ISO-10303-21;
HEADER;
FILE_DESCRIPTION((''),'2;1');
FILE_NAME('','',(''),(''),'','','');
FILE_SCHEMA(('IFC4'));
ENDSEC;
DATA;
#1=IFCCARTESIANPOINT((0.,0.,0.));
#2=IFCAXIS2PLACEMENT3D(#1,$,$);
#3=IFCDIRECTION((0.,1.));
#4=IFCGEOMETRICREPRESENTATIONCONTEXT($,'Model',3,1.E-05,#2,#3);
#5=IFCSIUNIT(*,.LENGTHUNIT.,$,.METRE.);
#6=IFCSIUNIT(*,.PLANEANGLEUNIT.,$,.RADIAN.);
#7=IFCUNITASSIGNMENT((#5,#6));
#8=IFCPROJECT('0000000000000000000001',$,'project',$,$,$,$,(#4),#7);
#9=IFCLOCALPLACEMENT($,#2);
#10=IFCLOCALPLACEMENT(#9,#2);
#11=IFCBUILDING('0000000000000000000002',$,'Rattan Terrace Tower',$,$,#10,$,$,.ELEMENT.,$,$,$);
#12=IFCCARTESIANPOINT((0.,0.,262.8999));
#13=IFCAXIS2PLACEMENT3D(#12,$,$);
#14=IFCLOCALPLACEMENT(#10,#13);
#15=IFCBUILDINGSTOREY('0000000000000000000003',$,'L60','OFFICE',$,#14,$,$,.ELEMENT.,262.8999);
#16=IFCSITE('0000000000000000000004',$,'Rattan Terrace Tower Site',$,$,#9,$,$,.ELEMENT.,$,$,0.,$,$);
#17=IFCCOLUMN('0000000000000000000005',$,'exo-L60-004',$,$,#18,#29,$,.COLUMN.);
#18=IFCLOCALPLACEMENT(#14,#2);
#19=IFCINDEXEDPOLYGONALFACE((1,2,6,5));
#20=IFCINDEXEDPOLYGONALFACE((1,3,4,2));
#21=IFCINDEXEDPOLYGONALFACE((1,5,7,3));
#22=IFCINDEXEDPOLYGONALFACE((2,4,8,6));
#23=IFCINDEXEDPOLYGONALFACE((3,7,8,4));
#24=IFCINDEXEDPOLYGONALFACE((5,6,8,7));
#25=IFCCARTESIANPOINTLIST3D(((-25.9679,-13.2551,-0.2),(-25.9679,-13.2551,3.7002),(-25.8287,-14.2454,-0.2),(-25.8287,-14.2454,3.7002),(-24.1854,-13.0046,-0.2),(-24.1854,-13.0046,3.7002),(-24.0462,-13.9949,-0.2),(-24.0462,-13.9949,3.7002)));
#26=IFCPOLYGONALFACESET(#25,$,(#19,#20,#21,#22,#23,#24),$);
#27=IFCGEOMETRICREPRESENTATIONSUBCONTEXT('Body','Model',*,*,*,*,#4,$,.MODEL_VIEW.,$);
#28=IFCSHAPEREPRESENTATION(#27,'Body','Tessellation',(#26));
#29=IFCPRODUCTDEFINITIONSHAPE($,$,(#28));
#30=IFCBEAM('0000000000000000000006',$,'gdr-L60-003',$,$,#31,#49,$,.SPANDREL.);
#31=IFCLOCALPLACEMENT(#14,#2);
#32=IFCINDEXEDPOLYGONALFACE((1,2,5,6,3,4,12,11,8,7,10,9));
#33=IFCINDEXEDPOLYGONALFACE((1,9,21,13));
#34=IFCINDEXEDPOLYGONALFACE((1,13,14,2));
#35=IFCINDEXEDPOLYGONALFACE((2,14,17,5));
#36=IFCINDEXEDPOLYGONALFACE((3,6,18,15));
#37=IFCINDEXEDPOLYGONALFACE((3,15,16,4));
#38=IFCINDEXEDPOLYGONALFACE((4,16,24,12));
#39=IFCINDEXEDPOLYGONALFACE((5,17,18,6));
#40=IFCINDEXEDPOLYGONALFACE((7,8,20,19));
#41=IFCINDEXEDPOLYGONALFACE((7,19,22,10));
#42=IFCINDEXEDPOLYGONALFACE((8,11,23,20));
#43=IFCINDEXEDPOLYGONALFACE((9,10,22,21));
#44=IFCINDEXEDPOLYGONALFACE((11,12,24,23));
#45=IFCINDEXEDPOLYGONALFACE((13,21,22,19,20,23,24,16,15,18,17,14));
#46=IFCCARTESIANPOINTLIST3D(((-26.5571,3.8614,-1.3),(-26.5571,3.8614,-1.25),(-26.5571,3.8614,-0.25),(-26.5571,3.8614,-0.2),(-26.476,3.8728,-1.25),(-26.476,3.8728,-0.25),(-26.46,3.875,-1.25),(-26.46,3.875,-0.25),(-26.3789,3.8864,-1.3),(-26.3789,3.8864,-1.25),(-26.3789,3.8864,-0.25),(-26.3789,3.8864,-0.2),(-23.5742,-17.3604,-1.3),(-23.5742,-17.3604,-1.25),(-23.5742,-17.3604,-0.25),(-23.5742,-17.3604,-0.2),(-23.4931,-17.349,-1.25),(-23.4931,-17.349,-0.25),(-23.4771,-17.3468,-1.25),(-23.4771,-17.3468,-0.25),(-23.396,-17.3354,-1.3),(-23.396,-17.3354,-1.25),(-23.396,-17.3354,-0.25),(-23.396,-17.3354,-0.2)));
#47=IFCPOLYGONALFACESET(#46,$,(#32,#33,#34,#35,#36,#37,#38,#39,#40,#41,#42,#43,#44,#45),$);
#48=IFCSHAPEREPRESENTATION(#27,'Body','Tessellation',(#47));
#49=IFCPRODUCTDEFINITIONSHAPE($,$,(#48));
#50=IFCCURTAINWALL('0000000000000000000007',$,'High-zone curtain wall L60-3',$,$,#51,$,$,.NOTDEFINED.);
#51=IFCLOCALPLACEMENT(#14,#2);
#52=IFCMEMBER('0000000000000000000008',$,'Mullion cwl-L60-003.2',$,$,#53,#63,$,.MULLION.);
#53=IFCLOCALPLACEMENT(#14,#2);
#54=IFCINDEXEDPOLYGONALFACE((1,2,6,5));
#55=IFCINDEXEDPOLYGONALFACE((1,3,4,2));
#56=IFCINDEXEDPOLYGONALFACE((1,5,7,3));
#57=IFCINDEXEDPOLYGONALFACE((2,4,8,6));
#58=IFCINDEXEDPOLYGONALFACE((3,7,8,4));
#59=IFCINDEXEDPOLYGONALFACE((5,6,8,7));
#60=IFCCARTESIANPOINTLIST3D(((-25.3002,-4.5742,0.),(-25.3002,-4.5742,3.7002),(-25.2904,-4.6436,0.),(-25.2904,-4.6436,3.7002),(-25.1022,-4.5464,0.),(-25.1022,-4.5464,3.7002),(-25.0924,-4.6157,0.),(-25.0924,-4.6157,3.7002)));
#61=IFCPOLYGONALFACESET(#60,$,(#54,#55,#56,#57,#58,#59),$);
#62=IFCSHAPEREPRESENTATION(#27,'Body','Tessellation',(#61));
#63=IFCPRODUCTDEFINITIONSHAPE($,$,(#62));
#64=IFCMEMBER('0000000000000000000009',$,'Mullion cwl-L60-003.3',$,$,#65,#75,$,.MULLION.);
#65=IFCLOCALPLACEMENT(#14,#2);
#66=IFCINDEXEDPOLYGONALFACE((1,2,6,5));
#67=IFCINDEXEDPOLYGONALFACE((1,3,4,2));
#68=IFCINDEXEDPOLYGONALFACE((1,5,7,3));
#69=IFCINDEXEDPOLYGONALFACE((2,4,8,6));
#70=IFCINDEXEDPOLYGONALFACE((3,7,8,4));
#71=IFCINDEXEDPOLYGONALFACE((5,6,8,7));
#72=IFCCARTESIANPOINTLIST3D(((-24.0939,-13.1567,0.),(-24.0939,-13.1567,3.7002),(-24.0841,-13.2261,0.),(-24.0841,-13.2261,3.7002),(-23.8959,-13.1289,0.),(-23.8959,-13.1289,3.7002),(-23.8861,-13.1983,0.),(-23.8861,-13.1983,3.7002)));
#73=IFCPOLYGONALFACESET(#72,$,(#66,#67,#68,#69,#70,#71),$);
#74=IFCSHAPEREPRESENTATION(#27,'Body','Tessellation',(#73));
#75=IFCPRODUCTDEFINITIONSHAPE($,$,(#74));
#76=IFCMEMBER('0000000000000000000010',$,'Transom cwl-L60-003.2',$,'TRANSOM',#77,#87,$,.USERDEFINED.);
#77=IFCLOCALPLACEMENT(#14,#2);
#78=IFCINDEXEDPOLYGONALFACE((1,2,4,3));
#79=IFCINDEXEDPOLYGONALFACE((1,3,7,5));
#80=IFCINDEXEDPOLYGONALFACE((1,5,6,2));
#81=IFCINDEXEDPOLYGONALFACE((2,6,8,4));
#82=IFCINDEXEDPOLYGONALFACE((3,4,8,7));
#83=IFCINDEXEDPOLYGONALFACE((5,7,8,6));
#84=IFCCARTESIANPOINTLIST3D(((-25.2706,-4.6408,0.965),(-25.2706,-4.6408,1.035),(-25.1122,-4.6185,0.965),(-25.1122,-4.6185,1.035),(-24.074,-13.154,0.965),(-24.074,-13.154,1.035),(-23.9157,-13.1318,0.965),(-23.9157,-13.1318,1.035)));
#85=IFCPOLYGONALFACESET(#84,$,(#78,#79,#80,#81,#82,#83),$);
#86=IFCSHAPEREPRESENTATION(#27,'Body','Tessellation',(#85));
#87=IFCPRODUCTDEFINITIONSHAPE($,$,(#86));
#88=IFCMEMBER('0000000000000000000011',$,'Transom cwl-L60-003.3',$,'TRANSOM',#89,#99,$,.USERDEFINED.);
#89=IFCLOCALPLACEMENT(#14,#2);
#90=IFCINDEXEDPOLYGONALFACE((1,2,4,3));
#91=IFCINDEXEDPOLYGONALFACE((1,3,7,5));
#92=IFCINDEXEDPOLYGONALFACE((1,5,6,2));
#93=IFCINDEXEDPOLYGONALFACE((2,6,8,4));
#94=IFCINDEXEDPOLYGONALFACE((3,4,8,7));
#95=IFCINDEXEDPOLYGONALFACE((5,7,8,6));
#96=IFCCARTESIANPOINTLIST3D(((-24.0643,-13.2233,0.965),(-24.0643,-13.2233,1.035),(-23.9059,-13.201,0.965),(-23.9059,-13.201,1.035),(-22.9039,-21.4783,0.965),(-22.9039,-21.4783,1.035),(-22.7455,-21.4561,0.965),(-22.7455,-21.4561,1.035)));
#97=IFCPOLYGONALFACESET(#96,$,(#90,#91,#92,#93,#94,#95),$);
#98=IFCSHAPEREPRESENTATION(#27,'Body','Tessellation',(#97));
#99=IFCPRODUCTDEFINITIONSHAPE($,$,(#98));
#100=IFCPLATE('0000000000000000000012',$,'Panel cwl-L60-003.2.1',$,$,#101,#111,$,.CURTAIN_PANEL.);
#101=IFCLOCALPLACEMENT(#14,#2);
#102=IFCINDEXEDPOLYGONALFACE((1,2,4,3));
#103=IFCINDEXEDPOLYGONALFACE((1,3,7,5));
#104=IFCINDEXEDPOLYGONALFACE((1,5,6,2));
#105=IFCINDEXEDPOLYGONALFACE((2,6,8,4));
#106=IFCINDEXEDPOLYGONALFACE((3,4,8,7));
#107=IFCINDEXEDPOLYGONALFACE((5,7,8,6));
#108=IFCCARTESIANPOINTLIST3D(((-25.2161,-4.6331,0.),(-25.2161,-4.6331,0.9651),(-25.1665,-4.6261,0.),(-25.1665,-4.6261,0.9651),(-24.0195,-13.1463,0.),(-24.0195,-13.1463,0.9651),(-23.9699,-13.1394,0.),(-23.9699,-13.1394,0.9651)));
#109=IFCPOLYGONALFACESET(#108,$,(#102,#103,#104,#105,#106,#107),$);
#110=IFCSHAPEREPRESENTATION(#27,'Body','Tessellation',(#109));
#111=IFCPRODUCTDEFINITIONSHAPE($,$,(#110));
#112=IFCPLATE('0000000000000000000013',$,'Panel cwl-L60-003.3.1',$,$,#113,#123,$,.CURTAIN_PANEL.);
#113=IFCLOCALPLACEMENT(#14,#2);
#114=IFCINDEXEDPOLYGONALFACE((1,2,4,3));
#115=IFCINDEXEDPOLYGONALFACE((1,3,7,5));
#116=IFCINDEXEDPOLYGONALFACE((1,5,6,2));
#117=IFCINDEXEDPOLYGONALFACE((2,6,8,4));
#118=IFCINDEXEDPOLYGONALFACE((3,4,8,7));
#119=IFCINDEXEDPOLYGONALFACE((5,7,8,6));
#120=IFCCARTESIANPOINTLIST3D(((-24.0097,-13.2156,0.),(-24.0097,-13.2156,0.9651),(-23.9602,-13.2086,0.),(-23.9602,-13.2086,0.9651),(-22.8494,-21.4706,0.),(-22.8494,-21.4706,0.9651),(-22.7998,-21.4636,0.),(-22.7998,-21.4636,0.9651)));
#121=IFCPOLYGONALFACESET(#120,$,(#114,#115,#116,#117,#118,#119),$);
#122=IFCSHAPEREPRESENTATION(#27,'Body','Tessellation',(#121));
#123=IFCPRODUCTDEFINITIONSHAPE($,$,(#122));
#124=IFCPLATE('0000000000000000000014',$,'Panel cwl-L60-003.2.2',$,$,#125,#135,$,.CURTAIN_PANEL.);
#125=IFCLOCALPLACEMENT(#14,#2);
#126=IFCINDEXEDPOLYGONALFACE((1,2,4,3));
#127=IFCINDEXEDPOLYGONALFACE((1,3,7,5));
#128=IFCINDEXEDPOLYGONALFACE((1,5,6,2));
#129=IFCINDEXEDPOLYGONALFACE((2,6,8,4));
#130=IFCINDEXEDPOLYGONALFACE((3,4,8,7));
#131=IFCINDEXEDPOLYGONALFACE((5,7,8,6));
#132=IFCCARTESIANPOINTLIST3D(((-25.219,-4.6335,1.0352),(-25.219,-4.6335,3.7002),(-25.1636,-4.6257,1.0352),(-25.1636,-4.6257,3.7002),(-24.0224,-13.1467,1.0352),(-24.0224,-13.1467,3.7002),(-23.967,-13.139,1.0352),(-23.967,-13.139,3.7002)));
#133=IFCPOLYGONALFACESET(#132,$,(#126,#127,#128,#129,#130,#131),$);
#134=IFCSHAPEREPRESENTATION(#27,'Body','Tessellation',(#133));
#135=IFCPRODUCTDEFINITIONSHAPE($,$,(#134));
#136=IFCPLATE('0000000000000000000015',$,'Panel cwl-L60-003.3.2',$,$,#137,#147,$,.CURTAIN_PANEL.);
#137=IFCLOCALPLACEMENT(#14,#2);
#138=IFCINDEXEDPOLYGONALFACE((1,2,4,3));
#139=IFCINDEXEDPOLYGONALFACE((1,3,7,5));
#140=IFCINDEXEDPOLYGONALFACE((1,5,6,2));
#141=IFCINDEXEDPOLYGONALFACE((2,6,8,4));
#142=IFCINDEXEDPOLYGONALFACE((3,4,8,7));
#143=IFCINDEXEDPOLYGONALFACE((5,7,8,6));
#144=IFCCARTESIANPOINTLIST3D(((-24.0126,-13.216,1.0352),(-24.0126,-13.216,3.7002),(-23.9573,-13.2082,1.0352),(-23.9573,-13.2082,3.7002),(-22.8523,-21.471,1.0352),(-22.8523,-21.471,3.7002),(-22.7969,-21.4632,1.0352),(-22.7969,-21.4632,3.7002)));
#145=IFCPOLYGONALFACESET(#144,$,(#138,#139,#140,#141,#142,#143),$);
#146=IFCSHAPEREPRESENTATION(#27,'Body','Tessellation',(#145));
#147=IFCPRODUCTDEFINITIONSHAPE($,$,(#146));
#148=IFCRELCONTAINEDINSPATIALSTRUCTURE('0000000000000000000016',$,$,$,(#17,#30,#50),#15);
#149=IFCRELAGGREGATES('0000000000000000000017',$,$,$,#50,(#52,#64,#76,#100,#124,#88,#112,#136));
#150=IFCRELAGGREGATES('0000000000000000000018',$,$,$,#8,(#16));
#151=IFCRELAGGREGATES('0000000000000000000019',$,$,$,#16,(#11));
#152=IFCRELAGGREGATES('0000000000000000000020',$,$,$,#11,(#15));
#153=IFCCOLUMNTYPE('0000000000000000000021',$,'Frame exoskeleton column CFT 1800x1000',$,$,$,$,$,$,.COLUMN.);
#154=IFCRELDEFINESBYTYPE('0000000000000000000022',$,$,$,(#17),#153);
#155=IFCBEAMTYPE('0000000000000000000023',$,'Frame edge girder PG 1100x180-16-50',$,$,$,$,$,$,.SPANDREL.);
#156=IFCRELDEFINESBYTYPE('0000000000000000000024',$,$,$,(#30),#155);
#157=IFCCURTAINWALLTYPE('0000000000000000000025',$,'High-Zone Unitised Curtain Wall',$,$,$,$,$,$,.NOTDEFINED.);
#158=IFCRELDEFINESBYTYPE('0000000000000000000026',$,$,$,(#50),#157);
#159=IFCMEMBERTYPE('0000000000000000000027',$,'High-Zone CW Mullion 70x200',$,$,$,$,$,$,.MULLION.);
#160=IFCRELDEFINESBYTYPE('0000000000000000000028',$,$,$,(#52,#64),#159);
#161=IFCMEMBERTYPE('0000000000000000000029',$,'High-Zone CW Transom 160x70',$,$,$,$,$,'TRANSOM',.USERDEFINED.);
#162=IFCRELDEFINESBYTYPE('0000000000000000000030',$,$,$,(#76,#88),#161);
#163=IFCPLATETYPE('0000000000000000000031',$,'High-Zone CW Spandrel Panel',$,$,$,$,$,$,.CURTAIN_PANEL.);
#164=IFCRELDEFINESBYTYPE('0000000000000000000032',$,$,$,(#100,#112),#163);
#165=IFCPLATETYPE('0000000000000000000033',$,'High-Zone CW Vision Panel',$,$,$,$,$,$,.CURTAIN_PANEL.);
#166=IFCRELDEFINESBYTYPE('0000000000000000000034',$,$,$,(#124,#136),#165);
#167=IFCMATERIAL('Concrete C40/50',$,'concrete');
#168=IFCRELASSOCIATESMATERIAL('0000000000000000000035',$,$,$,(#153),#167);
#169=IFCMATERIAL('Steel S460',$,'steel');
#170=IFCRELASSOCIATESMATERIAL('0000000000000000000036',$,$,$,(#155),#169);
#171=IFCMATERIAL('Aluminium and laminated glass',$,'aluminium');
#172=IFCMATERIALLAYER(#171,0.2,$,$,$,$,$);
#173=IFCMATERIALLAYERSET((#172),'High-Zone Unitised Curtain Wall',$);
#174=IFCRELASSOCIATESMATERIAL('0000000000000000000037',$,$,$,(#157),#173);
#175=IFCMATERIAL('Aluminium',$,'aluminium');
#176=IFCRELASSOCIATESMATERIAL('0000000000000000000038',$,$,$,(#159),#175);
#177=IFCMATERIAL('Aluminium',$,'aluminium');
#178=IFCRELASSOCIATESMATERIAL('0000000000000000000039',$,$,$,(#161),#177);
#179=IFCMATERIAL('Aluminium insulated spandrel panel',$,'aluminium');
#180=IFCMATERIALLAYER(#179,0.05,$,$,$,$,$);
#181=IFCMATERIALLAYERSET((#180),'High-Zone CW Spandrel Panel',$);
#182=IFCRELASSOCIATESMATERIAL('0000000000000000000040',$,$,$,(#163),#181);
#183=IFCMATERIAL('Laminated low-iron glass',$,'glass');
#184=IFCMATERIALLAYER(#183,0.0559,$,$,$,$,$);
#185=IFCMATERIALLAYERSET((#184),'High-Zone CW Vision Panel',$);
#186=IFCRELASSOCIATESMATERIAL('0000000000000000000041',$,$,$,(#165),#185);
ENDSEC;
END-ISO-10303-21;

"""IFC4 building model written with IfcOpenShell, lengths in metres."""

from ifc_helpers import new_model, si_unit, direction, frame, origin, origin_2d, place, context, subcontext, project, spatial, rectangle, i_section, extrude, material, layer, layer_set, material_profile, profile_set, type_object, element, aggregate, save


model = new_model("IFC4")

# Units and contexts
model_context = context("Model", 3, precision=1e-05, world=origin(), true_north=direction((0.0, 1.0)))
body_context = subcontext(model_context, "Body", "Model", "MODEL_VIEW")
ifc_project = project(units=[si_unit("LENGTHUNIT", "METRE"), si_unit("PLANEANGLEUNIT", "RADIAN")], contexts=[model_context])

# Site, building, storey
site_placement = place(None, origin())
site = spatial("IfcSite", under=ifc_project, at=site_placement, Name="Rattan Terrace Tower Site", CompositionType="ELEMENT", RefElevation=0.0)
building_placement = place(site_placement, origin())
building = spatial("IfcBuilding", under=site, at=building_placement, Name="Rattan Terrace Tower", CompositionType="ELEMENT")
storey_placement = place(building_placement, frame((0.0, 0.0, 262.8999)))
storey = spatial("IfcBuildingStorey", under=building, at=storey_placement, Name="L60", Description="OFFICE", CompositionType="ELEMENT", Elevation=262.8999)

# Column
ifc_material_1 = material(Name="Concrete C40/50", Category="concrete")
ifc_material_profile_1 = material_profile(ifc_material_1, rectangle(XDim=1.0, YDim=1.8, at=origin_2d()), Name="CFT 1800x1000")
ifc_profile_set_1 = profile_set([ifc_material_profile_1], Name="Concrete C40/50")
column_type = type_object("IfcColumnType", Name="Frame exoskeleton column CFT 1800x1000", PredefinedType="COLUMN", material=ifc_profile_set_1)
column_placement = place(storey_placement, frame((-25.0071, -13.625, -0.2), z_axis=(0.0, 0.0, 1.0), x_axis=(-0.13919, 0.990266, 0.0)))
element("IfcColumn", 1, at=column_placement, inside=storey, type_object=column_type, Name="exo-L60-004", PredefinedType="COLUMN", context=body_context, shape_type="SweptSolid", body=[
    extrude(rectangle(XDim=1.0, YDim=1.8, at=origin_2d()), origin(), (0.0, 0.0, 1.0), 3.9001),
])

# Beam
ifc_material_2 = material(Name="Steel S460", Category="steel")
ifc_material_profile_2 = material_profile(ifc_material_2, i_section(OverallWidth=0.1799, OverallDepth=1.1001, WebThickness=0.0161, FlangeThickness=0.05, at=origin_2d()), Name="PG 1100x180-16-50")
ifc_profile_set_2 = profile_set([ifc_material_profile_2], Name="Steel S460")
beam_type = type_object("IfcBeamType", Name="Frame edge girder PG 1100x180-16-50", PredefinedType="SPANDREL", material=ifc_profile_set_2)
beam_placement = place(storey_placement, frame((-23.4851, -17.3479, -0.75), z_axis=(-0.13919, 0.990266, 0.0), x_axis=(-0.990266, -0.13919, 0.0)))
element("IfcBeam", 2, at=beam_placement, inside=storey, type_object=beam_type, Name="gdr-L60-003", PredefinedType="SPANDREL", context=body_context, shape_type="SweptSolid", body=[
    extrude(i_section(OverallWidth=0.1799, OverallDepth=1.1001, WebThickness=0.0161, FlangeThickness=0.05, at=origin_2d()), origin(), (0.0, 0.0, 1.0), 21.4304),
])

# Curtain wall, members, plates
ifc_material_3 = material(Name="Aluminium and laminated glass", Category="aluminium")
ifc_layer_1 = layer(ifc_material_3, 0.2)
ifc_layer_set_1 = layer_set([ifc_layer_1], Name="High-Zone Unitised Curtain Wall")
curtain_wall_type = type_object("IfcCurtainWallType", Name="High-Zone Unitised Curtain Wall", PredefinedType="NOTDEFINED", material=ifc_layer_set_1)
curtain_wall_placement = place(storey_placement, origin())
curtain_wall = element("IfcCurtainWall", 3, at=curtain_wall_placement, inside=storey, type_object=curtain_wall_type, Name="High-zone curtain wall L60-3", PredefinedType="NOTDEFINED")
ifc_material_4 = material(Name="Aluminium", Category="aluminium")
ifc_material_profile_3 = material_profile(ifc_material_4, rectangle(XDim=0.0701, YDim=0.2, at=origin_2d()), Name="Aluminium 70x200")
ifc_profile_set_3 = profile_set([ifc_material_profile_3], Name="Aluminium")
member_type_1 = type_object("IfcMemberType", Name="High-Zone CW Mullion 70x200", PredefinedType="MULLION", material=ifc_profile_set_3)
member_1_placement = place(storey_placement, frame((-25.1963, -4.595, 0.0), z_axis=(0.0, 0.0, 1.0), x_axis=(0.139192, -0.990265, 0.0)))
member_1 = element("IfcMember", 4, at=member_1_placement, type_object=member_type_1, Name="Mullion cwl-L60-003.2", PredefinedType="MULLION", context=body_context, shape_type="SweptSolid", body=[
    extrude(rectangle(XDim=0.0701, YDim=0.2, at=origin_2d()), origin(), (0.0, 0.0, 1.0), 3.7002),
])
member_2_placement = place(storey_placement, frame((-23.99, -13.1775, 0.0), z_axis=(0.0, 0.0, 1.0), x_axis=(0.139192, -0.990265, 0.0)))
member_2 = element("IfcMember", 5, at=member_2_placement, type_object=member_type_1, Name="Mullion cwl-L60-003.3", PredefinedType="MULLION", context=body_context, shape_type="SweptSolid", body=[
    extrude(rectangle(XDim=0.0701, YDim=0.2, at=origin_2d()), origin(), (0.0, 0.0, 1.0), 3.7002),
])
ifc_material_5 = material(Name="Aluminium", Category="aluminium")
ifc_material_profile_4 = material_profile(ifc_material_5, rectangle(XDim=0.1599, YDim=0.0701, at=origin_2d()), Name="Aluminium 160x70")
ifc_profile_set_4 = profile_set([ifc_material_profile_4], Name="Aluminium")
member_type_2 = type_object("IfcMemberType", Name="High-Zone CW Transom 160x70", ElementType="TRANSOM", PredefinedType="USERDEFINED", material=ifc_profile_set_4)
member_3_placement = place(storey_placement, frame((-25.1914, -4.6296, 1.0), z_axis=(0.139183, -0.990267, 0.0), x_axis=(0.990267, 0.139183, 0.0)))
member_3 = element("IfcMember", 6, at=member_3_placement, type_object=member_type_2, Name="Transom cwl-L60-003.2", ObjectType="TRANSOM", PredefinedType="USERDEFINED", context=body_context, shape_type="SweptSolid", body=[
    extrude(rectangle(XDim=0.1599, YDim=0.0701, at=origin_2d()), origin(), (0.0, 0.0, 1.0), 8.5969),
])
member_4_placement = place(storey_placement, frame((-23.9851, -13.2122, 1.0), z_axis=(0.139199, -0.990264, 0.0), x_axis=(0.990264, 0.139199, 0.0)))
member_4 = element("IfcMember", 7, at=member_4_placement, type_object=member_type_2, Name="Transom cwl-L60-003.3", ObjectType="TRANSOM", PredefinedType="USERDEFINED", context=body_context, shape_type="SweptSolid", body=[
    extrude(rectangle(XDim=0.1599, YDim=0.0701, at=origin_2d()), origin(), (0.0, 0.0, 1.0), 8.3362),
])
ifc_material_6 = material(Name="Aluminium insulated spandrel panel", Category="aluminium")
ifc_layer_2 = layer(ifc_material_6, 0.05)
ifc_layer_set_2 = layer_set([ifc_layer_2], Name="High-Zone CW Spandrel Panel")
plate_type_1 = type_object("IfcPlateType", Name="High-Zone CW Spandrel Panel", PredefinedType="CURTAIN_PANEL", material=ifc_layer_set_2)
plate_1_placement = place(storey_placement, frame((-24.593, -8.8862, 0.0), z_axis=(0.0, 0.0, 1.0), x_axis=(0.139192, -0.990265, 0.0)))
plate_1 = element("IfcPlate", 8, at=plate_1_placement, type_object=plate_type_1, Name="Panel cwl-L60-003.2.1", PredefinedType="CURTAIN_PANEL", context=body_context, shape_type="SweptSolid", body=[
    extrude(rectangle(XDim=8.5969, YDim=0.05, at=origin_2d()), origin(), (0.0, 0.0, 1.0), 0.9651),
])
plate_2_placement = place(storey_placement, frame((-23.4048, -17.3396, 0.0), z_axis=(0.0, 0.0, 1.0), x_axis=(0.139192, -0.990265, 0.0)))
plate_2 = element("IfcPlate", 9, at=plate_2_placement, type_object=plate_type_1, Name="Panel cwl-L60-003.3.1", PredefinedType="CURTAIN_PANEL", context=body_context, shape_type="SweptSolid", body=[
    extrude(rectangle(XDim=8.3362, YDim=0.05, at=origin_2d()), origin(), (0.0, 0.0, 1.0), 0.9651),
])
ifc_material_7 = material(Name="Laminated low-iron glass", Category="glass")
ifc_layer_3 = layer(ifc_material_7, 0.0559)
ifc_layer_set_3 = layer_set([ifc_layer_3], Name="High-Zone CW Vision Panel")
plate_type_2 = type_object("IfcPlateType", Name="High-Zone CW Vision Panel", PredefinedType="CURTAIN_PANEL", material=ifc_layer_set_3)
plate_3_placement = place(storey_placement, frame((-24.593, -8.8862, 1.0352), z_axis=(0.0, 0.0, 1.0), x_axis=(0.139192, -0.990265, 0.0)))
plate_3 = element("IfcPlate", 10, at=plate_3_placement, type_object=plate_type_2, Name="Panel cwl-L60-003.2.2", PredefinedType="CURTAIN_PANEL", context=body_context, shape_type="SweptSolid", body=[
    extrude(rectangle(XDim=8.5969, YDim=0.0559, at=origin_2d()), origin(), (0.0, 0.0, 1.0), 2.665),
])
plate_4_placement = place(storey_placement, frame((-23.4048, -17.3396, 1.0352), z_axis=(0.0, 0.0, 1.0), x_axis=(0.139192, -0.990265, 0.0)))
plate_4 = element("IfcPlate", 11, at=plate_4_placement, type_object=plate_type_2, Name="Panel cwl-L60-003.3.2", PredefinedType="CURTAIN_PANEL", context=body_context, shape_type="SweptSolid", body=[
    extrude(rectangle(XDim=8.3362, YDim=0.0559, at=origin_2d()), origin(), (0.0, 0.0, 1.0), 2.665),
])
aggregate(curtain_wall, [member_1, member_2, member_3, plate_1, plate_3, member_4, plate_2, plate_4])

save(model, "model.ifc")
